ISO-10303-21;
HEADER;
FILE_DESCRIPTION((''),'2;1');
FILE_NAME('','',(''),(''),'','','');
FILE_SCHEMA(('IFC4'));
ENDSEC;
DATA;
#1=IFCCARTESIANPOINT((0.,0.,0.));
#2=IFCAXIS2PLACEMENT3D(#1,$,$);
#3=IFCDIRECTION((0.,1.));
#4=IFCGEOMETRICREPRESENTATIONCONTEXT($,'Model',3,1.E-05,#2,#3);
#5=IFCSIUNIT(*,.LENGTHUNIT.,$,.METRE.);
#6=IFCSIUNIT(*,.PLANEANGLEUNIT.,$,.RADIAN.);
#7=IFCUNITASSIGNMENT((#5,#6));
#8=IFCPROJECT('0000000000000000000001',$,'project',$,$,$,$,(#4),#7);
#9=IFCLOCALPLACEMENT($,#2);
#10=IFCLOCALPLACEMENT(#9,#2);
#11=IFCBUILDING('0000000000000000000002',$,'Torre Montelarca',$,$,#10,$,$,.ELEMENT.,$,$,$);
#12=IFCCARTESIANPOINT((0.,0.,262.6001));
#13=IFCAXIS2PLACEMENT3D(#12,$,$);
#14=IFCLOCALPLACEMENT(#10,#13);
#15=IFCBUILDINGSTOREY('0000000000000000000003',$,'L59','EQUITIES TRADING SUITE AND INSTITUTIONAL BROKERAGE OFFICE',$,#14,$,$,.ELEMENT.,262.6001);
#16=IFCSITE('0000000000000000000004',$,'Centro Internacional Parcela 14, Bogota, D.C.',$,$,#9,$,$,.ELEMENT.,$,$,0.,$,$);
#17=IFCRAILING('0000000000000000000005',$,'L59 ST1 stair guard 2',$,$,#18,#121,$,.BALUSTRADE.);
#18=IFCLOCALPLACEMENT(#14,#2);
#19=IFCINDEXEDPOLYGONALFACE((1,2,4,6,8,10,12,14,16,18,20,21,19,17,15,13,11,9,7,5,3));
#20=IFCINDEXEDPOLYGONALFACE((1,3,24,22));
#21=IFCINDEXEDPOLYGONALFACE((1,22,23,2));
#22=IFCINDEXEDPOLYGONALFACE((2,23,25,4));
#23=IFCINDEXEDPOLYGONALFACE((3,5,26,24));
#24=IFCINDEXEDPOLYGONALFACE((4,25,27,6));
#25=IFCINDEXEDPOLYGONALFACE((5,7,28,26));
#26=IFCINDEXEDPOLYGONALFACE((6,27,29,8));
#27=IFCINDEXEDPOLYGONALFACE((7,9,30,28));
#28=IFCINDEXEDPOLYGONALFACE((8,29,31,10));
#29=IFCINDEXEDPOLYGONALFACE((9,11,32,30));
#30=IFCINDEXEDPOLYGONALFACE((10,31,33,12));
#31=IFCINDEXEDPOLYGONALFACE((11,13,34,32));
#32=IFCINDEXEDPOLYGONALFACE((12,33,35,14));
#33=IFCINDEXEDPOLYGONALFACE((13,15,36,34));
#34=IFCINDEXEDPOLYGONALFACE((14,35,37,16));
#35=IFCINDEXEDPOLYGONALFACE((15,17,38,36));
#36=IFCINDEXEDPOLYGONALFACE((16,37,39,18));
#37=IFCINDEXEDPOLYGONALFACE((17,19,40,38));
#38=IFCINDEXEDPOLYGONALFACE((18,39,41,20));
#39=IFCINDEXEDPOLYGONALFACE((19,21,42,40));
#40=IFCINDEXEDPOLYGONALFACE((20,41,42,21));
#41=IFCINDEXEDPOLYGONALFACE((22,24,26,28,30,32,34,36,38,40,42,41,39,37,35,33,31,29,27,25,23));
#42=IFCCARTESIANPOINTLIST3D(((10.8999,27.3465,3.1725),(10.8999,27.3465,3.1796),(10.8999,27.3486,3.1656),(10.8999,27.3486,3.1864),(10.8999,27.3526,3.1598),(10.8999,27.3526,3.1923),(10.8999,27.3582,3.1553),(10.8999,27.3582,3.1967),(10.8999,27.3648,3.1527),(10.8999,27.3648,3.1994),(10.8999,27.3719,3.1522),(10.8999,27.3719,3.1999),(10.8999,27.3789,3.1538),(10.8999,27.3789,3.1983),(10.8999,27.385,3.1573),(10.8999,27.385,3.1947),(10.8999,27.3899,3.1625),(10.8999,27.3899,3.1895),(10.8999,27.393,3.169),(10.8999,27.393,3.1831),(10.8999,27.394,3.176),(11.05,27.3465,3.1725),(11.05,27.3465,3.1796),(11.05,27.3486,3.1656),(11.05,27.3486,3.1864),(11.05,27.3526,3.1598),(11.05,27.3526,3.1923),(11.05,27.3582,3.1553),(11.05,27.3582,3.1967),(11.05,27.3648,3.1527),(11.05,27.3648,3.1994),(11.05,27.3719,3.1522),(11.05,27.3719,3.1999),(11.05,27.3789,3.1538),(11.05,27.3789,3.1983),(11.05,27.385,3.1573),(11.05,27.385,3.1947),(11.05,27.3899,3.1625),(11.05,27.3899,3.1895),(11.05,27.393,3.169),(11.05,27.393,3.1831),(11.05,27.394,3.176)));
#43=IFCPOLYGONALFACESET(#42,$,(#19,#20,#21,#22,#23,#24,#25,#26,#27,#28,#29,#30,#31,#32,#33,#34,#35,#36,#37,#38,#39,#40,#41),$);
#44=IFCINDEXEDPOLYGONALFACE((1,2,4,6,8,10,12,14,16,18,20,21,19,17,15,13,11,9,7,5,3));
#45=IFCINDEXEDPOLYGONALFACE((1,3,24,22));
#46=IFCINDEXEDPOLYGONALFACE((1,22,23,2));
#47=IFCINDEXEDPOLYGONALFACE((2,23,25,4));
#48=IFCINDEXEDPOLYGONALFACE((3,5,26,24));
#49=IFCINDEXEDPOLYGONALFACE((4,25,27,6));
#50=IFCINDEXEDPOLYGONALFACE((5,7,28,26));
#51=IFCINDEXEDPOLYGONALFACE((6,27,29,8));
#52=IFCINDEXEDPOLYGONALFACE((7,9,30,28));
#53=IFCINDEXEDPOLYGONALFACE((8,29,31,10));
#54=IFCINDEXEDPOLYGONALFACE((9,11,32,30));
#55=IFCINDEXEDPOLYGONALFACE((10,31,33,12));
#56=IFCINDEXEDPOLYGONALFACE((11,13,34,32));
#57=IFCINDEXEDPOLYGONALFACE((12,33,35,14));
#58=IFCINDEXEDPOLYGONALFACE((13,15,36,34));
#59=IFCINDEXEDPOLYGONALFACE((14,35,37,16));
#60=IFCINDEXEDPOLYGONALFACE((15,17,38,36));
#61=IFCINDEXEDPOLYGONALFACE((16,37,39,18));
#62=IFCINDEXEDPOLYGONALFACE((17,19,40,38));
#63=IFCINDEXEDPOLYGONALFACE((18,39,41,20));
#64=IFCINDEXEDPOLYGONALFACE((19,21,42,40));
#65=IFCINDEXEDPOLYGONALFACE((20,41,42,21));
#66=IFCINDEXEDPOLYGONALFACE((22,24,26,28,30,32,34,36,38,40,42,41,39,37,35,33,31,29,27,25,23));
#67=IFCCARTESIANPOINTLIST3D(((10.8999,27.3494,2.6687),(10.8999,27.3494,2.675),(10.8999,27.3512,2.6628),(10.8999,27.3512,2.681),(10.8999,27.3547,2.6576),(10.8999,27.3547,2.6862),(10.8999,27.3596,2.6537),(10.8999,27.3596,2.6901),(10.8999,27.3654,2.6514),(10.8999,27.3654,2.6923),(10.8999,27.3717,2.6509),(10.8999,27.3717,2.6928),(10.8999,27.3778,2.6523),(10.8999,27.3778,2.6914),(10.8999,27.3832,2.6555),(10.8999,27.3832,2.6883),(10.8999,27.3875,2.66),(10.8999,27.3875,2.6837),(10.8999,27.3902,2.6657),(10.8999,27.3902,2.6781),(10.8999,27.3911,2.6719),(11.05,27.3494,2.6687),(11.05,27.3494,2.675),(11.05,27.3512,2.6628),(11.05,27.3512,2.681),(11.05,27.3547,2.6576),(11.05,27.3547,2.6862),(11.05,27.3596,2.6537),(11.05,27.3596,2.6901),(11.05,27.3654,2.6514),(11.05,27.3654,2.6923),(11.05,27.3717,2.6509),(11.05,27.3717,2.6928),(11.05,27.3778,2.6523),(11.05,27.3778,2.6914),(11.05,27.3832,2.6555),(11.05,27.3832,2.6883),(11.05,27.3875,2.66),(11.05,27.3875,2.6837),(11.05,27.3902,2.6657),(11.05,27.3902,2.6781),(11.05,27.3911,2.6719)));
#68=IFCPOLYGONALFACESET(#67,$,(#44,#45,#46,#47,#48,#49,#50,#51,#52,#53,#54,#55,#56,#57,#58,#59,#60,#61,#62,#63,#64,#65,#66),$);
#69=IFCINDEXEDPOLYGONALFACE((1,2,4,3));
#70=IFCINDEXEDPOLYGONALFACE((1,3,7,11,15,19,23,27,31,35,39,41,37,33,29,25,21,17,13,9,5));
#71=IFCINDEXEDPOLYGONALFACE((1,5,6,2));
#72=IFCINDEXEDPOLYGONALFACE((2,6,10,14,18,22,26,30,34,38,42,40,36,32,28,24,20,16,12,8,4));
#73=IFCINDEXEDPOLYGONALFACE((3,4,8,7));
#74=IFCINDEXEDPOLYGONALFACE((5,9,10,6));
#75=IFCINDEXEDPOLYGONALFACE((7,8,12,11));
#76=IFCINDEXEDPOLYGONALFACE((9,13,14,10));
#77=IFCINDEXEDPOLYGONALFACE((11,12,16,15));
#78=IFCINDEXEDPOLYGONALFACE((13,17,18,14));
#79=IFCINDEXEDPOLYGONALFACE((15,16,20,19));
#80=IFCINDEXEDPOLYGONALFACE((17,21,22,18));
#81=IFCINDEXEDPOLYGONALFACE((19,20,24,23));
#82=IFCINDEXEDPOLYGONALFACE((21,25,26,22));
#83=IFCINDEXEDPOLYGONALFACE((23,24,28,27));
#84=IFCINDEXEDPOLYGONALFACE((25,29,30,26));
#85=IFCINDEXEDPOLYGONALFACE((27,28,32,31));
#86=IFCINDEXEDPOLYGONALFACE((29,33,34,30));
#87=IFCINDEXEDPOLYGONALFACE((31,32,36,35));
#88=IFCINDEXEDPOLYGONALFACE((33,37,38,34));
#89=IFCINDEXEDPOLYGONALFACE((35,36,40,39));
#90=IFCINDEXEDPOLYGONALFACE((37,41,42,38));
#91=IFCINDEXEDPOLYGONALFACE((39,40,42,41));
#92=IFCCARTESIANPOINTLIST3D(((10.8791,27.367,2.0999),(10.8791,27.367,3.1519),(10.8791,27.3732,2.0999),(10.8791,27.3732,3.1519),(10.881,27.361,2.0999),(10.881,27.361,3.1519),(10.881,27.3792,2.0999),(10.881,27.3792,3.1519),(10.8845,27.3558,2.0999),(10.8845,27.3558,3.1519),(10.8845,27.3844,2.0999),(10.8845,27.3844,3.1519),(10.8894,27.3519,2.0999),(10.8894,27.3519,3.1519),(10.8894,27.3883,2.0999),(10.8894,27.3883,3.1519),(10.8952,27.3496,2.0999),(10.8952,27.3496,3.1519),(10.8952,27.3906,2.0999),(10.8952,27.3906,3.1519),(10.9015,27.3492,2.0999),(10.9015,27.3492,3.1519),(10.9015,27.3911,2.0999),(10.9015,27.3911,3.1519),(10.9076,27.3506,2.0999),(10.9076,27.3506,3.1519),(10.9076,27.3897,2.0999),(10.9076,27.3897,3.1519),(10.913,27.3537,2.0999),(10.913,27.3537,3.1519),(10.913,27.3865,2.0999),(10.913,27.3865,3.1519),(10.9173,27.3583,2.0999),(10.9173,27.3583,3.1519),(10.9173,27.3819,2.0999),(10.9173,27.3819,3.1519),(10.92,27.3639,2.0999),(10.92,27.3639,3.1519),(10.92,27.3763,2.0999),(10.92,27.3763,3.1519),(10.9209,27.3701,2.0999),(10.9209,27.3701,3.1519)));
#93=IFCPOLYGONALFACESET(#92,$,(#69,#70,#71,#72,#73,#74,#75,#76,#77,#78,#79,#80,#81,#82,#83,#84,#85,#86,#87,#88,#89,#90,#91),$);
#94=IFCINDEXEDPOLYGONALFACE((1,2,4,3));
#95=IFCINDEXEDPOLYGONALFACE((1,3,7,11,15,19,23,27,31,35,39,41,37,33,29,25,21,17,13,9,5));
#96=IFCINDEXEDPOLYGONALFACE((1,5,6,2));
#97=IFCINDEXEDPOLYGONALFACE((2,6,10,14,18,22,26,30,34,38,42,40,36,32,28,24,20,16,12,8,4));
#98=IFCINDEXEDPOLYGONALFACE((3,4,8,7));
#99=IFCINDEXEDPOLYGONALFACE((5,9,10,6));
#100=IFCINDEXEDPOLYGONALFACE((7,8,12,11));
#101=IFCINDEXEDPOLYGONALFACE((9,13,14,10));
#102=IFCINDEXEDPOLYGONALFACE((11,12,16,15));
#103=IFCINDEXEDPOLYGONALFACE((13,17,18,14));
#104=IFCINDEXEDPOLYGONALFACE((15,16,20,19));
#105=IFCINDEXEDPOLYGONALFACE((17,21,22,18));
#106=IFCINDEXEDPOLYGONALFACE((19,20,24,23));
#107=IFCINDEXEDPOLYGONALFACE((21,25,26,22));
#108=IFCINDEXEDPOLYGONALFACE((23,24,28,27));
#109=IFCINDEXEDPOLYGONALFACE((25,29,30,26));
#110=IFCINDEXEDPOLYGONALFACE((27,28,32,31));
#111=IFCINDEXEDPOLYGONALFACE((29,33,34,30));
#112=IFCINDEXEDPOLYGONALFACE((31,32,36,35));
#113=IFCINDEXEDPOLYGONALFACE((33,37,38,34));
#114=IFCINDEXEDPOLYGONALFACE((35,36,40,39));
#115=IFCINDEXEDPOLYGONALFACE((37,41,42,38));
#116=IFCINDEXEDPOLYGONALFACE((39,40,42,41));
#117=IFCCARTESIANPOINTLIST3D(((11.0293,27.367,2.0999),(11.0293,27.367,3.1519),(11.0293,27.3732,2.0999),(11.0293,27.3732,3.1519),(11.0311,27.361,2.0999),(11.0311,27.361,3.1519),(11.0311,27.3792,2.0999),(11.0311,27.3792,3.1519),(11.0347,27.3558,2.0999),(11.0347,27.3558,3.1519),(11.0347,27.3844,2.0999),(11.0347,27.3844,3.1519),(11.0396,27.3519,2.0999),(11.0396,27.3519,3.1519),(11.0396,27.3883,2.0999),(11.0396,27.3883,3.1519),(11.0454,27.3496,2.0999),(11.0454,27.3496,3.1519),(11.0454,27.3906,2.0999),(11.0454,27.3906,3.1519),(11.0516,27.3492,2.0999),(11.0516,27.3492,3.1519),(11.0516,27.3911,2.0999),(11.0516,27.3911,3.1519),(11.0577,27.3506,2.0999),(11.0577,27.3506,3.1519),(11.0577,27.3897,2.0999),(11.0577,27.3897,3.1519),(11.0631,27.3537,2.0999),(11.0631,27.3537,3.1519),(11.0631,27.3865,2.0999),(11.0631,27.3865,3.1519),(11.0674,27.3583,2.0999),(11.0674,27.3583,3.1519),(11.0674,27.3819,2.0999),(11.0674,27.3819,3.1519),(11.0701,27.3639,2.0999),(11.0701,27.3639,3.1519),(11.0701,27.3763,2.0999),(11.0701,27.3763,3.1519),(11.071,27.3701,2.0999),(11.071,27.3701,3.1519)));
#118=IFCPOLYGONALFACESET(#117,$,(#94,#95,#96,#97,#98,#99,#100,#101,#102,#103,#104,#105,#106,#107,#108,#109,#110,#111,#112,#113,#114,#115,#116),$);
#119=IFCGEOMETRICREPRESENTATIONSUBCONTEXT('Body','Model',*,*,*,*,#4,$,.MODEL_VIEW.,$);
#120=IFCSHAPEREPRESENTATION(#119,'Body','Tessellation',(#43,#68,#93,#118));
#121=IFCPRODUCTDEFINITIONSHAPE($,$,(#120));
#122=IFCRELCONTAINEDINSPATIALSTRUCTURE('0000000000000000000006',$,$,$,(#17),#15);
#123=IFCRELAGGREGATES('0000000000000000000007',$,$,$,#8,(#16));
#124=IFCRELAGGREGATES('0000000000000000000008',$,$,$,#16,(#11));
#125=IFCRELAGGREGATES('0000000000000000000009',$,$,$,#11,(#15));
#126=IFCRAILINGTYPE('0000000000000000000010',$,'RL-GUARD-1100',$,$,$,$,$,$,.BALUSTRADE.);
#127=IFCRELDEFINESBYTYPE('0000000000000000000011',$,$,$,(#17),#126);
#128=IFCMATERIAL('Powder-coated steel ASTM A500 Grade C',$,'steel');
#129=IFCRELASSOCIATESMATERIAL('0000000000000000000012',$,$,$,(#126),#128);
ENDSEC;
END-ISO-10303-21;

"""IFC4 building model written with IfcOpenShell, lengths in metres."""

from ifc_helpers import new_model, si_unit, direction, frame, origin, origin_2d, place, context, subcontext, project, spatial, circle, extrude, material, type_object, element, save


model = new_model("IFC4")

# Units and contexts
model_context = context("Model", 3, precision=1e-05, world=origin(), true_north=direction((0.0, 1.0)))
body_context = subcontext(model_context, "Body", "Model", "MODEL_VIEW")
ifc_project = project(units=[si_unit("LENGTHUNIT", "METRE"), si_unit("PLANEANGLEUNIT", "RADIAN")], contexts=[model_context])

# Site, building, storey
site_placement = place(None, origin())
site = spatial("IfcSite", under=ifc_project, at=site_placement, Name="Centro Internacional Parcela 14, Bogota, D.C.", CompositionType="ELEMENT", RefElevation=0.0)
building_placement = place(site_placement, origin())
building = spatial("IfcBuilding", under=site, at=building_placement, Name="Torre Montelarca", CompositionType="ELEMENT")
storey_placement = place(building_placement, frame((0.0, 0.0, 262.6001)))
storey = spatial("IfcBuildingStorey", under=building, at=storey_placement, Name="L59", Description="EQUITIES TRADING SUITE AND INSTITUTIONAL BROKERAGE OFFICE", CompositionType="ELEMENT", Elevation=262.6001)

# Railing
ifc_material_1 = material(Name="Powder-coated steel ASTM A500 Grade C", Category="steel")
railing_type_1 = type_object("IfcRailingType", Name="RL-GUARD-1100", PredefinedType="BALUSTRADE", material=ifc_material_1)
railing_1_placement = place(storey_placement, frame((10.8999, 27.3701, 2.0999)))
element("IfcRailing", 1, at=railing_1_placement, inside=storey, type_object=railing_type_1, Name="L59 ST1 stair guard 2", PredefinedType="BALUSTRADE", context=body_context, shape_type="SweptSolid", body=[
    extrude(circle(Radius=0.0239, at=origin_2d()), frame((0.0, 0.0, 1.0762), z_axis=(1.0, 0.0, 0.0), x_axis=(0.0, 1.0, 0.0)), (0.0, 0.0, 1.0), 0.1501),
    extrude(circle(Radius=0.021, at=origin_2d()), frame((0.0, 0.0, 0.572), z_axis=(1.0, 0.0, 0.0), x_axis=(0.0, 1.0, 0.0)), (0.0, 0.0, 1.0), 0.1501),
    extrude(circle(Radius=0.021, at=origin_2d()), origin(), (0.0, 0.0, 1.0), 1.052),
    extrude(circle(Radius=0.021, at=origin_2d()), frame((0.1501, 0.0, 0.0)), (0.0, 0.0, 1.0), 1.052),
])

save(model, "model.ifc")
